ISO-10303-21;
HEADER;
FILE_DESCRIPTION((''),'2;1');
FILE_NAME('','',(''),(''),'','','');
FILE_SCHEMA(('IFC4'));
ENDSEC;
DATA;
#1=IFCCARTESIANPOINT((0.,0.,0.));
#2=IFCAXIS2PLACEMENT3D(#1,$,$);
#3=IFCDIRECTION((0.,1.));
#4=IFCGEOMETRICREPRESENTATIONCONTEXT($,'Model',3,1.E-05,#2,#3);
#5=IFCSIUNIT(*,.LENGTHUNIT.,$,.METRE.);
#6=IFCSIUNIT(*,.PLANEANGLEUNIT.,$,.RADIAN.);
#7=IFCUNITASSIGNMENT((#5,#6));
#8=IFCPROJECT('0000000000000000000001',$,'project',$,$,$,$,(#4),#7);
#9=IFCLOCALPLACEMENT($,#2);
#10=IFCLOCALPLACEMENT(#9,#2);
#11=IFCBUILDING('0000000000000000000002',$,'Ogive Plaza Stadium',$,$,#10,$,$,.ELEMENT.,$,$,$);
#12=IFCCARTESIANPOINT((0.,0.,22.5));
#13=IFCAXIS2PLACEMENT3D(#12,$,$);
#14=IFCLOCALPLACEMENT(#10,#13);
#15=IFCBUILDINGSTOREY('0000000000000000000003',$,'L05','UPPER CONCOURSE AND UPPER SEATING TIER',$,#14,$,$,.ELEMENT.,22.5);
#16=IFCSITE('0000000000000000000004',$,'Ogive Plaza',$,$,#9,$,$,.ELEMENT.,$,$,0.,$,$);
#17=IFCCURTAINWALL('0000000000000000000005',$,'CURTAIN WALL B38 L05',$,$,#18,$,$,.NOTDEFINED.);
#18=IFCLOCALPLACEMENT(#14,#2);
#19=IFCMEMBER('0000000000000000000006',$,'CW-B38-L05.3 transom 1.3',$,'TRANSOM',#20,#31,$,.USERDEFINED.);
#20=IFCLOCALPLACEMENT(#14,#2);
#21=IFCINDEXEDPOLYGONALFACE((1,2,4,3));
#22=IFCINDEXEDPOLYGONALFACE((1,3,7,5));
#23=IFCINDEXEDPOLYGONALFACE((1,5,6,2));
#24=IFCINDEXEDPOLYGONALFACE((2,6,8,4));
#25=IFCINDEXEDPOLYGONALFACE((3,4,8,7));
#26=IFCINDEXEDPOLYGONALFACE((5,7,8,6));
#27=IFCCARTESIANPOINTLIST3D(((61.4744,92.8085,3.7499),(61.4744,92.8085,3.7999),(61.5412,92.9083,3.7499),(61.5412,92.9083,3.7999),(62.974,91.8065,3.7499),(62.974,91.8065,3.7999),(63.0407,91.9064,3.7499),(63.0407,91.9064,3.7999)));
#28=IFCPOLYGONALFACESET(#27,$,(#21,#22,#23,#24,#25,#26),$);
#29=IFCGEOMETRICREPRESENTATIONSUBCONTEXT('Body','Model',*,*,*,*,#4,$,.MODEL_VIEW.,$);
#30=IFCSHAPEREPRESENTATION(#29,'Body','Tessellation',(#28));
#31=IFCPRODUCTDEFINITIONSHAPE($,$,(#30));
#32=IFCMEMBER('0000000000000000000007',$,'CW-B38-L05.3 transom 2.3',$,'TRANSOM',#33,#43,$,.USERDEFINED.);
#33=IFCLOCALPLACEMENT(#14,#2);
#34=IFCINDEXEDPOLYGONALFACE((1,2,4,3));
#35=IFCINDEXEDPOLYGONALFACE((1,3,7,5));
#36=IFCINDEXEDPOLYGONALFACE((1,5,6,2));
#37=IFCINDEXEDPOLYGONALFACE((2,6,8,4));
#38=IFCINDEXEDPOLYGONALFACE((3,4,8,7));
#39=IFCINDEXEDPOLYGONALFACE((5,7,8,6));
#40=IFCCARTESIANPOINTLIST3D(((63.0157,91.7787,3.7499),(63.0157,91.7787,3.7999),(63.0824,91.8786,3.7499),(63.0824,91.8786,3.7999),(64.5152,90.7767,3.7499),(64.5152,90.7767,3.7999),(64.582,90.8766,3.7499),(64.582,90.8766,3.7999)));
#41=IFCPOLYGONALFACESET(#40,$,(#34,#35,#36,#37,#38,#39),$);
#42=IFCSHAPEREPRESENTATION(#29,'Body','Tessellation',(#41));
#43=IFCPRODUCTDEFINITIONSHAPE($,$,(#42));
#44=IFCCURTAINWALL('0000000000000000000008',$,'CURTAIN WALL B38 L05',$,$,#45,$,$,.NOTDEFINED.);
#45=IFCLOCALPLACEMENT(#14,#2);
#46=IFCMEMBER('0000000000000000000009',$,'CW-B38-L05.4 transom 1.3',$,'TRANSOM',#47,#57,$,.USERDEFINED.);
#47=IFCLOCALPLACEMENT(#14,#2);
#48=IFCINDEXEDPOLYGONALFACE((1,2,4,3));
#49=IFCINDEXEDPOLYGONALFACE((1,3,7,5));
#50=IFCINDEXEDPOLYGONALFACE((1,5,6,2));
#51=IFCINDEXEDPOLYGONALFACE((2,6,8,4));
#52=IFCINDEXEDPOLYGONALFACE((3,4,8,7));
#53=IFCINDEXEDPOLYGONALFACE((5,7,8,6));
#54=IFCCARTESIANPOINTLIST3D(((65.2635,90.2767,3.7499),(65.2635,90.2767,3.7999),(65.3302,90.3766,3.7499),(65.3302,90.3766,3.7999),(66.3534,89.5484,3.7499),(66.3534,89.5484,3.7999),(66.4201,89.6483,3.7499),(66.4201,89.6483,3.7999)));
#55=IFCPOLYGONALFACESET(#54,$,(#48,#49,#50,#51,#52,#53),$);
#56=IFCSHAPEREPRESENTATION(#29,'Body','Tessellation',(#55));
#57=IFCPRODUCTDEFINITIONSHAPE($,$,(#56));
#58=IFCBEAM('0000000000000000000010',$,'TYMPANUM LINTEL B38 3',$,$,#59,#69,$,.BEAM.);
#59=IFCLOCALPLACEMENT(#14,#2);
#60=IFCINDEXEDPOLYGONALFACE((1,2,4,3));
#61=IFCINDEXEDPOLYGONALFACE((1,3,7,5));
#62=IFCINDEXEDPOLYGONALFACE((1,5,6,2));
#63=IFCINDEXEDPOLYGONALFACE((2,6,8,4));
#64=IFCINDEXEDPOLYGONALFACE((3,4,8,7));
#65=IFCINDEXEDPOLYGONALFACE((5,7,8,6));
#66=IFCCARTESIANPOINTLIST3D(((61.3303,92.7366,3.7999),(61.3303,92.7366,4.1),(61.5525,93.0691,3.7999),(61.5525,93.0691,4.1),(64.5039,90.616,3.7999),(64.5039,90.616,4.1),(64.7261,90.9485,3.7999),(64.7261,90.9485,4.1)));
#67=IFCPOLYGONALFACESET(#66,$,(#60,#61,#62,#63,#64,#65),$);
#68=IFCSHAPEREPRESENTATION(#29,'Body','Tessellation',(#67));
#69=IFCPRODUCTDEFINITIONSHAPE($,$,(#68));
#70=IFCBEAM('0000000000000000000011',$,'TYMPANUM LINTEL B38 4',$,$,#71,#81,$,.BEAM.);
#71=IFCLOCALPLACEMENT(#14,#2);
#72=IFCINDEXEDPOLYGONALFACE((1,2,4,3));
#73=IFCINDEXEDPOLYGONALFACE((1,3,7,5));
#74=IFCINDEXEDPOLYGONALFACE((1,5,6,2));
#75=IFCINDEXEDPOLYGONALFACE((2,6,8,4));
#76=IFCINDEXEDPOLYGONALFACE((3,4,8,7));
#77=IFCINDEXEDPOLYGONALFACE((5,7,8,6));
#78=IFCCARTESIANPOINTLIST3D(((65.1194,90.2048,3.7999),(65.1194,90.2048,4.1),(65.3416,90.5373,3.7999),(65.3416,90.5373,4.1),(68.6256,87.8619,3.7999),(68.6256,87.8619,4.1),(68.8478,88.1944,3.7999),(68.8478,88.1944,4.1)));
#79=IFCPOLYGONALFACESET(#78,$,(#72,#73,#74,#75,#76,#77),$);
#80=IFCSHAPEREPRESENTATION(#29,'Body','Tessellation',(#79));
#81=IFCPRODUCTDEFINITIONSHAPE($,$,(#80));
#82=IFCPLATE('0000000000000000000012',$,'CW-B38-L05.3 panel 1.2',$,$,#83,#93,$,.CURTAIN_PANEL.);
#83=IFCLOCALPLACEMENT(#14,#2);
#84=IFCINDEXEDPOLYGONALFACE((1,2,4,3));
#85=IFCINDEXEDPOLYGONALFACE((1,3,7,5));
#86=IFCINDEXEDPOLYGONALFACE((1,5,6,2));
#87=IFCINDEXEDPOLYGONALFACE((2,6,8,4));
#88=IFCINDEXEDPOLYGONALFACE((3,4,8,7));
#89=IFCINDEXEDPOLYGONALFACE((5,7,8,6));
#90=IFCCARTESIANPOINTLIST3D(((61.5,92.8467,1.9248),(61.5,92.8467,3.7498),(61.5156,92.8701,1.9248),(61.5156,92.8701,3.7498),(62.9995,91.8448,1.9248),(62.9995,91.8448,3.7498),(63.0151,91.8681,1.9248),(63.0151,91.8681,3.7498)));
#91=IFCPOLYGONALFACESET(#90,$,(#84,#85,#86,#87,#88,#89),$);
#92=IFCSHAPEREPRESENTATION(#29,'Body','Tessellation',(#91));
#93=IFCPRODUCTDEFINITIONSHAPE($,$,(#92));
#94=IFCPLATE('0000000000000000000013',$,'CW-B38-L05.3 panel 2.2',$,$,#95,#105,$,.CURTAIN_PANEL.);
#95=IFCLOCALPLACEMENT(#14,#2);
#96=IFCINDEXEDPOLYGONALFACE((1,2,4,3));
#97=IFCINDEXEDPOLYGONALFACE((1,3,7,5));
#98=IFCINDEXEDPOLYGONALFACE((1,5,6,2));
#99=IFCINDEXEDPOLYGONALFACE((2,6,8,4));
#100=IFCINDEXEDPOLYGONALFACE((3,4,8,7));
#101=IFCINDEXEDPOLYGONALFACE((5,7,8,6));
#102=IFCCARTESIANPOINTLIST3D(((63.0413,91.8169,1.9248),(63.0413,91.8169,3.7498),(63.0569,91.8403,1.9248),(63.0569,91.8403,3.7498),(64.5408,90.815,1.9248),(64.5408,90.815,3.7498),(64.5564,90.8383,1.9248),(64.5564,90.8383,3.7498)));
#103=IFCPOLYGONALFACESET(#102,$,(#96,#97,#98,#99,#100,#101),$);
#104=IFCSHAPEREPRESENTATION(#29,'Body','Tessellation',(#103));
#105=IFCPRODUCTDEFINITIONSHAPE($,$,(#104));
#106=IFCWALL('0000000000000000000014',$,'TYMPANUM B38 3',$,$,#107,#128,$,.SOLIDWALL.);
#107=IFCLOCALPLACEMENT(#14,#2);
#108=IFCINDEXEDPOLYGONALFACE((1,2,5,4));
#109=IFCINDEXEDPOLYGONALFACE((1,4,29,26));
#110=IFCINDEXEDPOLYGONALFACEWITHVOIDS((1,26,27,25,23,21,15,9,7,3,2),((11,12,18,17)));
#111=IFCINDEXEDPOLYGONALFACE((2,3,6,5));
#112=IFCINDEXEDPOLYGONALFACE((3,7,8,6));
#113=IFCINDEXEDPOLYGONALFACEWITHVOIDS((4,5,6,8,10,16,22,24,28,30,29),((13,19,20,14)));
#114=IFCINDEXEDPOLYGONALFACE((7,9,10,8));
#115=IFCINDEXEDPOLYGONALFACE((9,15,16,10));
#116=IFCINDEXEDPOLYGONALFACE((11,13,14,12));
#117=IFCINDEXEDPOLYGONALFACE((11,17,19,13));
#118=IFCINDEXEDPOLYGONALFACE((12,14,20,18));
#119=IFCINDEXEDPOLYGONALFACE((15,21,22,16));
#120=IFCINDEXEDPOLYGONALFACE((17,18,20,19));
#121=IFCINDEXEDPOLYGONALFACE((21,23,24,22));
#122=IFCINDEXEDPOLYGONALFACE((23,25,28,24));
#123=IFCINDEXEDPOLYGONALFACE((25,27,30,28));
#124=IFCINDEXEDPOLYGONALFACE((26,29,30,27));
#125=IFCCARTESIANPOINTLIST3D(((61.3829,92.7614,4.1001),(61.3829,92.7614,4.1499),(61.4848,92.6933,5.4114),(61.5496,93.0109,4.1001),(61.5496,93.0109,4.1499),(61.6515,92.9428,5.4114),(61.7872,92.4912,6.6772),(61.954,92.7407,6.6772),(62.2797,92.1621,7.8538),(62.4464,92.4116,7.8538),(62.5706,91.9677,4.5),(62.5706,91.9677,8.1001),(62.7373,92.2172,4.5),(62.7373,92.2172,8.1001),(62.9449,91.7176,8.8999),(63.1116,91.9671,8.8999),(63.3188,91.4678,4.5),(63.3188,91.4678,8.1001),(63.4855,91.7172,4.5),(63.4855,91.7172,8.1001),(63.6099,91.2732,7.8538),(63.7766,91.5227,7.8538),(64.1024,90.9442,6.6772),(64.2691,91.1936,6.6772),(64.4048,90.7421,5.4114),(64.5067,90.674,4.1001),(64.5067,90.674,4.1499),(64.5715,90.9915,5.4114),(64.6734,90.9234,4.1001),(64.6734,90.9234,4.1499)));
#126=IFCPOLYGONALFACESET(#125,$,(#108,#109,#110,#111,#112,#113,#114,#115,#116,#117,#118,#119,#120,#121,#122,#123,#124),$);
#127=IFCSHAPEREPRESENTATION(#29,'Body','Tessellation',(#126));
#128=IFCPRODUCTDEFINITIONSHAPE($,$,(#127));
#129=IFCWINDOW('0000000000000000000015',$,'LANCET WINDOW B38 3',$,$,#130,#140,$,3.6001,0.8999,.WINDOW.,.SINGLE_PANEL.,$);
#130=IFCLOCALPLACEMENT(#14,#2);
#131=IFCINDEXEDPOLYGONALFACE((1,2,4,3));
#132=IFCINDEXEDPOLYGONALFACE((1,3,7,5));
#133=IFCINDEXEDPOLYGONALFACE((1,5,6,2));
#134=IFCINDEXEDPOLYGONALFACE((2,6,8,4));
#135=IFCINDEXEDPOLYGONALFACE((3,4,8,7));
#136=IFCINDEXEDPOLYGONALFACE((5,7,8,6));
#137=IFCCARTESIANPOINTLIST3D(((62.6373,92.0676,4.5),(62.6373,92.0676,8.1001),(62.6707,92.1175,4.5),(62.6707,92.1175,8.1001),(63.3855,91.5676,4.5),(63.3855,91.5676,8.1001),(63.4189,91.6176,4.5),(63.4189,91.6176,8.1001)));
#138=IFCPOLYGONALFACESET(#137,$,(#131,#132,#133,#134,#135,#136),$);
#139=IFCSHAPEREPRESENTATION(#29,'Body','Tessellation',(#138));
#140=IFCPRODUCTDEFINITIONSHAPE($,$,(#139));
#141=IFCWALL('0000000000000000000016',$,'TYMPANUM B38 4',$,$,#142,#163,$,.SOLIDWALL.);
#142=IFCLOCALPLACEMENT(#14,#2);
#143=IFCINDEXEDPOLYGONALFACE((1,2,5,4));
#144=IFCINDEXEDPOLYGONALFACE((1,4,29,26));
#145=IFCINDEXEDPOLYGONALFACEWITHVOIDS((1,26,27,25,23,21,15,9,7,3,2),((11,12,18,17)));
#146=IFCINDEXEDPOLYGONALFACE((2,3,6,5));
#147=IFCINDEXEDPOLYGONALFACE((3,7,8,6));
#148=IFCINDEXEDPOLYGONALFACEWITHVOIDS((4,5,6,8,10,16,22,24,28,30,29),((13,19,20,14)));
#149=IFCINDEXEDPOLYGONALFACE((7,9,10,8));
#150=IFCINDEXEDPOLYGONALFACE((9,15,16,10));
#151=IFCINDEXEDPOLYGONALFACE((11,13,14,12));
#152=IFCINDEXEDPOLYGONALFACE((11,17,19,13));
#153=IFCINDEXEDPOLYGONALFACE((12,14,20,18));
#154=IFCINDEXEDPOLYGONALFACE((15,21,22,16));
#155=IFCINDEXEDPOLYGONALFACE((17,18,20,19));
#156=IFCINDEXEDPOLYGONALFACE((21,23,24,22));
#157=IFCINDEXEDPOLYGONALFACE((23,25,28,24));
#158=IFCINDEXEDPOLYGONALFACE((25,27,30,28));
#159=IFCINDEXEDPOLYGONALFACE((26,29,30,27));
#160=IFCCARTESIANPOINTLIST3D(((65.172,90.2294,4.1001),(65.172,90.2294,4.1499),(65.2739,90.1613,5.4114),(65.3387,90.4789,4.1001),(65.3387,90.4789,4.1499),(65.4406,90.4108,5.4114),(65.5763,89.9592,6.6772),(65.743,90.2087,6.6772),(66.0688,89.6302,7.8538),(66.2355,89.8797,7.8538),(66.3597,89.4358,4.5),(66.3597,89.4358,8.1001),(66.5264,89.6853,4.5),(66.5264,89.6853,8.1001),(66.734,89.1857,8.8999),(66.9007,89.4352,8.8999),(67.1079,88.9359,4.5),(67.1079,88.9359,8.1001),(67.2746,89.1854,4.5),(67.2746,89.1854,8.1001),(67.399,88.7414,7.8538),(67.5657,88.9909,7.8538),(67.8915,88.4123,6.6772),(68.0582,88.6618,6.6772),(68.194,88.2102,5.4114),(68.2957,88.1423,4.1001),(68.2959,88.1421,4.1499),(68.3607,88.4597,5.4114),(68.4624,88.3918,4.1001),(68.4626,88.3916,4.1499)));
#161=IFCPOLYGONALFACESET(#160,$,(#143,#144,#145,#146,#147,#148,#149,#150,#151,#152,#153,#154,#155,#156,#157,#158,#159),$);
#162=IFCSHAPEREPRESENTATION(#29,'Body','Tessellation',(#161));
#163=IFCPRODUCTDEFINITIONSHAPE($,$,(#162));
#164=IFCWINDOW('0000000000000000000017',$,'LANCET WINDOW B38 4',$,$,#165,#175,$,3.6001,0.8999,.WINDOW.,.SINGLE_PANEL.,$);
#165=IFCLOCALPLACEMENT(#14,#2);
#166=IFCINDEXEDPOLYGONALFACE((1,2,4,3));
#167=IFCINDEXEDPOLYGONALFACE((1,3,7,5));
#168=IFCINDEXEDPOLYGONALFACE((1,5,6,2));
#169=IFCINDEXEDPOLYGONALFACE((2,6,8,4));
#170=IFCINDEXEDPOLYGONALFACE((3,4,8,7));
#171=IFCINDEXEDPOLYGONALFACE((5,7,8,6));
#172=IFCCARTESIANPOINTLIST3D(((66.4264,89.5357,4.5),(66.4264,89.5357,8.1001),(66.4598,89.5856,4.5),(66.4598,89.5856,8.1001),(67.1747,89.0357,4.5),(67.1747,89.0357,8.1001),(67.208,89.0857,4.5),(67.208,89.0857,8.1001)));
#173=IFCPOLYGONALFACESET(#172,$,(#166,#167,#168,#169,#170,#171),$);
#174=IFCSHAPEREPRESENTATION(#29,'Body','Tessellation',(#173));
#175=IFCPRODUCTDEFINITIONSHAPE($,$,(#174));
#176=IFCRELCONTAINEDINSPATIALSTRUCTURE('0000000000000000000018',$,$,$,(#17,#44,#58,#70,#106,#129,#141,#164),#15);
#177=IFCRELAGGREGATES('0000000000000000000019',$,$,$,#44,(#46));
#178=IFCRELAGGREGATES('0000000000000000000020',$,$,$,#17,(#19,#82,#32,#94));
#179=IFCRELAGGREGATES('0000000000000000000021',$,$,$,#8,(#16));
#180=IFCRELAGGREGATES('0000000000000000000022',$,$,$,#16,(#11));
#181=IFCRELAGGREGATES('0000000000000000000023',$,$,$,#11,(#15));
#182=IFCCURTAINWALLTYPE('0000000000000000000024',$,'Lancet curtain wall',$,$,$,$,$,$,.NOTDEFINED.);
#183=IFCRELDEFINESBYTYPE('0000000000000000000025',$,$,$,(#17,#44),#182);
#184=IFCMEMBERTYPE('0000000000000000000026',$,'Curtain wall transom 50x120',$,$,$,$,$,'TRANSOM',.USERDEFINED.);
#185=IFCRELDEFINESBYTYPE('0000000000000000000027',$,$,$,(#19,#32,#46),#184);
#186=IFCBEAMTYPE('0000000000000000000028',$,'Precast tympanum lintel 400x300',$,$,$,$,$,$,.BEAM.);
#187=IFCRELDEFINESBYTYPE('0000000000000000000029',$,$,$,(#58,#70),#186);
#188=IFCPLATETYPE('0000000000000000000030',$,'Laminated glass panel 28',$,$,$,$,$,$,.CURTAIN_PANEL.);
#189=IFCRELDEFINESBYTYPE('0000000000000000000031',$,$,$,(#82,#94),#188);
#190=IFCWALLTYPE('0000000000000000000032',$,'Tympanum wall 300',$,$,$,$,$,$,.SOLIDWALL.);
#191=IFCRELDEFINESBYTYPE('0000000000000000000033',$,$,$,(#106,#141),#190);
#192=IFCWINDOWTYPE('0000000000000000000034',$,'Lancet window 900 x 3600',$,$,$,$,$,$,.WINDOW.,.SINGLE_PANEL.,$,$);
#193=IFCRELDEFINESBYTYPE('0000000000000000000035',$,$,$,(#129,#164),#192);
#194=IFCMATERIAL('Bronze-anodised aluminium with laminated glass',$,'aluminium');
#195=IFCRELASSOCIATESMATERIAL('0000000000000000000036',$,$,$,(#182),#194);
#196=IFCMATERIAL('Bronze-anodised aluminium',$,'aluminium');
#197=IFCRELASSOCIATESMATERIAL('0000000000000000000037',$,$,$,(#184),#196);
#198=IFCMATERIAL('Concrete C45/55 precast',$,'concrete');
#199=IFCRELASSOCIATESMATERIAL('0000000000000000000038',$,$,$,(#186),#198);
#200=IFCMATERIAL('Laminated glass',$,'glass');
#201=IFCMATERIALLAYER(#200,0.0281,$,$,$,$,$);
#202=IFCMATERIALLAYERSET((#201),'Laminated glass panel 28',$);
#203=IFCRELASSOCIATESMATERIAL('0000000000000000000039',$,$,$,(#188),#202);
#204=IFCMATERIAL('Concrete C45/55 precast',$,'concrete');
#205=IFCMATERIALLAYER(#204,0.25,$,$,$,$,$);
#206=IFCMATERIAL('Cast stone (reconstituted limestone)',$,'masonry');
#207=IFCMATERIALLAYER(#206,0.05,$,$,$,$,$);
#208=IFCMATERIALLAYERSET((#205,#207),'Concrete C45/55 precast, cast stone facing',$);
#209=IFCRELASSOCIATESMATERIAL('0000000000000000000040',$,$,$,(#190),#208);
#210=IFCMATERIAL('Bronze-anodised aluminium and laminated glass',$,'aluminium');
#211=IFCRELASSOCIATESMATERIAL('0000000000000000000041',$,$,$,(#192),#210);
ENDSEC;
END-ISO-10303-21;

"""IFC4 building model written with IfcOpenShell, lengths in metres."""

from ifc_helpers import new_model, si_unit, direction, frame, frame_2d, origin, origin_2d, place, context, subcontext, project, spatial, polyline, rectangle, outline, extrude, material, layer, layer_set, material_profile, profile_set, type_object, element, fill, aggregate, save


model = new_model("IFC4")

# Units and contexts
model_context = context("Model", 3, precision=1e-05, world=origin(), true_north=direction((0.0, 1.0)))
body_context = subcontext(model_context, "Body", "Model", "MODEL_VIEW")
ifc_project = project(units=[si_unit("LENGTHUNIT", "METRE"), si_unit("PLANEANGLEUNIT", "RADIAN")], contexts=[model_context])

# Site, building, storey
site_placement = place(None, origin())
site = spatial("IfcSite", under=ifc_project, at=site_placement, Name="Ogive Plaza", CompositionType="ELEMENT", RefElevation=0.0)
building_placement = place(site_placement, origin())
building = spatial("IfcBuilding", under=site, at=building_placement, Name="Ogive Plaza Stadium", CompositionType="ELEMENT")
storey_placement = place(building_placement, frame((0.0, 0.0, 22.5)))
storey = spatial("IfcBuildingStorey", under=building, at=storey_placement, Name="L05", Description="UPPER CONCOURSE AND UPPER SEATING TIER", CompositionType="ELEMENT", Elevation=22.5)

# Curtain wall, members
ifc_material_1 = material(Name="Bronze-anodised aluminium with laminated glass", Category="aluminium")
curtain_wall_type = type_object("IfcCurtainWallType", Name="Lancet curtain wall", PredefinedType="NOTDEFINED", material=ifc_material_1)
curtain_wall_1_placement = place(storey_placement, origin())
curtain_wall_1 = element("IfcCurtainWall", 1, at=curtain_wall_1_placement, inside=storey, type_object=curtain_wall_type, Name="CURTAIN WALL B38 L05", PredefinedType="NOTDEFINED")
ifc_material_2 = material(Name="Bronze-anodised aluminium", Category="aluminium")
ifc_material_profile_1 = material_profile(ifc_material_2, rectangle(XDim=0.1201, YDim=0.05, at=origin_2d()), Name="AL 120x50")
ifc_profile_set_1 = profile_set([ifc_material_profile_1], Name="Bronze-anodised aluminium")
member_type = type_object("IfcMemberType", Name="Curtain wall transom 50x120", ElementType="TRANSOM", PredefinedType="USERDEFINED", material=ifc_profile_set_1)
member_1_placement = place(storey_placement, frame((61.5078, 92.8584, 3.7749), z_axis=(0.831467, -0.555575, 0.0), x_axis=(0.555575, 0.831467, 0.0)))
member_1 = element("IfcMember", 2, at=member_1_placement, type_object=member_type, Name="CW-B38-L05.3 transom 1.3", ObjectType="TRANSOM", PredefinedType="USERDEFINED", context=body_context, shape_type="SweptSolid", body=[
    extrude(rectangle(XDim=0.1201, YDim=0.05, at=origin_2d()), origin(), (0.0, 0.0, 1.0), 1.8035),
])
member_2_placement = place(storey_placement, frame((63.0491, 91.8286, 3.7749), z_axis=(0.831467, -0.555575, 0.0), x_axis=(0.555575, 0.831467, 0.0)))
member_2 = element("IfcMember", 3, at=member_2_placement, type_object=member_type, Name="CW-B38-L05.3 transom 2.3", ObjectType="TRANSOM", PredefinedType="USERDEFINED", context=body_context, shape_type="SweptSolid", body=[
    extrude(rectangle(XDim=0.1201, YDim=0.05, at=origin_2d()), origin(), (0.0, 0.0, 1.0), 1.8035),
])

# Curtain wall, member
curtain_wall_2_placement = place(storey_placement, origin())
curtain_wall_2 = element("IfcCurtainWall", 4, at=curtain_wall_2_placement, inside=storey, type_object=curtain_wall_type, Name="CURTAIN WALL B38 L05", PredefinedType="NOTDEFINED")
member_3_placement = place(storey_placement, frame((65.2969, 90.3267, 3.7749), z_axis=(0.831448, -0.555602, 0.0), x_axis=(0.555602, 0.831448, 0.0)))
member_3 = element("IfcMember", 5, at=member_3_placement, type_object=member_type, Name="CW-B38-L05.4 transom 1.3", ObjectType="TRANSOM", PredefinedType="USERDEFINED", context=body_context, shape_type="SweptSolid", body=[
    extrude(rectangle(XDim=0.1201, YDim=0.05, at=origin_2d()), origin(), (0.0, 0.0, 1.0), 1.3108),
])
aggregate(curtain_wall_2, [member_3])

# Beams
ifc_material_3 = material(Name="Concrete C45/55 precast", Category="concrete")
ifc_material_profile_2 = material_profile(ifc_material_3, rectangle(XDim=0.3999, YDim=0.3, at=origin_2d()), Name="RC 400x300")
ifc_profile_set_2 = profile_set([ifc_material_profile_2], Name="Concrete C45/55 precast")
beam_type = type_object("IfcBeamType", Name="Precast tympanum lintel 400x300", PredefinedType="BEAM", material=ifc_profile_set_2)
beam_1_placement = place(storey_placement, frame((61.4414, 92.9028, 3.95), z_axis=(0.831459, -0.555586, 0.0), x_axis=(0.555586, 0.831459, 0.0)))
element("IfcBeam", 6, at=beam_1_placement, inside=storey, type_object=beam_type, Name="TYMPANUM LINTEL B38 3", PredefinedType="BEAM", context=body_context, shape_type="SweptSolid", body=[
    extrude(rectangle(XDim=0.3999, YDim=0.3, at=origin_2d()), origin(), (0.0, 0.0, 1.0), 3.8169),
])
beam_2_placement = place(storey_placement, frame((65.2305, 90.3711, 3.95), z_axis=(0.831453, -0.555595, 0.0), x_axis=(0.555595, 0.831453, 0.0)))
element("IfcBeam", 7, at=beam_2_placement, inside=storey, type_object=beam_type, Name="TYMPANUM LINTEL B38 4", PredefinedType="BEAM", context=body_context, shape_type="SweptSolid", body=[
    extrude(rectangle(XDim=0.3999, YDim=0.3, at=origin_2d()), origin(), (0.0, 0.0, 1.0), 4.217),
])

# Plates
ifc_material_4 = material(Name="Laminated glass", Category="glass")
ifc_layer_1 = layer(ifc_material_4, 0.0281)
ifc_layer_set_1 = layer_set([ifc_layer_1], Name="Laminated glass panel 28")
plate_type = type_object("IfcPlateType", Name="Laminated glass panel 28", PredefinedType="CURTAIN_PANEL", material=ifc_layer_set_1)
plate_1_placement = place(storey_placement, frame((62.2576, 92.3574, 1.9248), z_axis=(0.0, 0.0, 1.0), x_axis=(0.83147, -0.55557, 0.0)))
plate_1 = element("IfcPlate", 8, at=plate_1_placement, type_object=plate_type, Name="CW-B38-L05.3 panel 1.2", PredefinedType="CURTAIN_PANEL", context=body_context, shape_type="SweptSolid", body=[
    extrude(rectangle(XDim=1.8035, YDim=0.0281, at=origin_2d()), origin(), (0.0, 0.0, 1.0), 1.825),
])
plate_2_placement = place(storey_placement, frame((63.7988, 91.3276, 1.9248), z_axis=(0.0, 0.0, 1.0), x_axis=(0.83147, -0.55557, 0.0)))
plate_2 = element("IfcPlate", 9, at=plate_2_placement, type_object=plate_type, Name="CW-B38-L05.3 panel 2.2", PredefinedType="CURTAIN_PANEL", context=body_context, shape_type="SweptSolid", body=[
    extrude(rectangle(XDim=1.8035, YDim=0.0281, at=origin_2d()), origin(), (0.0, 0.0, 1.0), 1.825),
])
aggregate(curtain_wall_1, [member_1, plate_1, member_2, plate_2])

# Walls, openings, windows
ifc_material_5 = material(Name="Concrete C45/55 precast", Category="concrete")
ifc_layer_2 = layer(ifc_material_5, 0.25)
ifc_material_6 = material(Name="Cast stone (reconstituted limestone)", Category="masonry")
ifc_layer_3 = layer(ifc_material_6, 0.05)
ifc_layer_set_2 = layer_set([ifc_layer_2, ifc_layer_3], Name="Concrete C45/55 precast, cast stone facing")
wall_type = type_object("IfcWallType", Name="Tympanum wall 300", PredefinedType="SOLIDWALL", material=ifc_layer_set_2)
wall_1_placement = place(storey_placement, frame((61.4663, 92.8862, 4.1001), z_axis=(0.0, 0.0, 1.0), x_axis=(0.83145, -0.5556, 0.0)))
wall_1 = element("IfcWall", 10, at=wall_1_placement, inside=storey, type_object=wall_type, Name="TYMPANUM B38 3", PredefinedType="SOLIDWALL", context=body_context, shape_type="SweptSolid", body=[
    extrude(outline(polyline([(0.0, 0.0), (3.7571, 0.0), (3.7571, 0.0498), (3.6345, 1.3113), (3.2708, 2.5771), (2.6785, 3.7537), (1.8787, 4.7998), (1.0786, 3.7537), (0.4863, 2.5771), (0.1226, 1.3113), (0.0, 0.0498), (0.0, 0.0)])), frame((0.0, 0.1499, 0.0), z_axis=(0.0, -1.0, 0.0), x_axis=(1.0, 0.0, 0.0)), (0.0, 0.0, 1.0), 0.3),
])
opening_1_placement = place(wall_1_placement, frame((1.4285, 0.0, 0.3999)))
opening_1 = element("IfcOpeningElement", 11, at=opening_1_placement, cuts=wall_1, PredefinedType="OPENING", context=body_context, shape_type="SweptSolid", body=[
    extrude(rectangle(XDim=0.8999, YDim=3.6001, at=frame_2d((0.45, 1.8))), frame((0.0, 0.1602, 0.0), z_axis=(0.0, -1.0, 0.0), x_axis=(1.0, 0.0, 0.0)), (0.0, 0.0, 1.0), 0.3201),
])
ifc_material_7 = material(Name="Bronze-anodised aluminium and laminated glass", Category="aluminium")
window_type = type_object("IfcWindowType", Name="Lancet window 900 x 3600", PartitioningType="SINGLE_PANEL", PredefinedType="WINDOW", material=ifc_material_7)
window_1_placement = place(opening_1_placement, origin())
window_1 = element("IfcWindow", 12, at=window_1_placement, inside=storey, type_object=window_type, Name="LANCET WINDOW B38 3", OverallHeight=3.6001, OverallWidth=0.8999, PartitioningType="SINGLE_PANEL", PredefinedType="WINDOW", context=body_context, shape_type="SweptSolid", body=[
    extrude(rectangle(XDim=0.8999, YDim=3.6001, at=frame_2d((0.45, 1.8))), frame((0.0, 0.03, 0.0), z_axis=(0.0, -1.0, 0.0), x_axis=(1.0, 0.0, 0.0)), (0.0, 0.0, 1.0), 0.0601),
])
fill(opening_1, window_1)
wall_2_placement = place(storey_placement, frame((65.2554, 90.3542, 4.1001), z_axis=(0.0, 0.0, 1.0), x_axis=(0.83148, -0.555555, 0.0)))
wall_2 = element("IfcWall", 13, at=wall_2_placement, inside=storey, type_object=wall_type, Name="TYMPANUM B38 4", PredefinedType="SOLIDWALL", context=body_context, shape_type="SweptSolid", body=[
    extrude(outline(polyline([(0.0, 0.0), (3.7568, 0.0), (3.7571, 0.0498), (3.6345, 1.3113), (3.2708, 2.5771), (2.6785, 3.7537), (1.8787, 4.7998), (1.0786, 3.7537), (0.4863, 2.5771), (0.1226, 1.3113), (0.0, 0.0498), (0.0, 0.0)])), frame((0.0, 0.1499, 0.0), z_axis=(0.0, -1.0, 0.0), x_axis=(1.0, 0.0, 0.0)), (0.0, 0.0, 1.0), 0.3),
])
opening_2_placement = place(wall_2_placement, frame((1.4285, 0.0, 0.3999)))
opening_2 = element("IfcOpeningElement", 14, at=opening_2_placement, cuts=wall_2, PredefinedType="OPENING", context=body_context, shape_type="SweptSolid", body=[
    extrude(rectangle(XDim=0.8999, YDim=3.6001, at=frame_2d((0.45, 1.8))), frame((0.0, 0.1602, 0.0), z_axis=(0.0, -1.0, 0.0), x_axis=(1.0, 0.0, 0.0)), (0.0, 0.0, 1.0), 0.3201),
])
window_2_placement = place(opening_2_placement, origin())
window_2 = element("IfcWindow", 15, at=window_2_placement, inside=storey, type_object=window_type, Name="LANCET WINDOW B38 4", OverallHeight=3.6001, OverallWidth=0.8999, PartitioningType="SINGLE_PANEL", PredefinedType="WINDOW", context=body_context, shape_type="SweptSolid", body=[
    extrude(rectangle(XDim=0.8999, YDim=3.6001, at=frame_2d((0.45, 1.8))), frame((0.0, 0.03, 0.0), z_axis=(0.0, -1.0, 0.0), x_axis=(1.0, 0.0, 0.0)), (0.0, 0.0, 1.0), 0.0601),
])
fill(opening_2, window_2)

save(model, "model.ifc")
